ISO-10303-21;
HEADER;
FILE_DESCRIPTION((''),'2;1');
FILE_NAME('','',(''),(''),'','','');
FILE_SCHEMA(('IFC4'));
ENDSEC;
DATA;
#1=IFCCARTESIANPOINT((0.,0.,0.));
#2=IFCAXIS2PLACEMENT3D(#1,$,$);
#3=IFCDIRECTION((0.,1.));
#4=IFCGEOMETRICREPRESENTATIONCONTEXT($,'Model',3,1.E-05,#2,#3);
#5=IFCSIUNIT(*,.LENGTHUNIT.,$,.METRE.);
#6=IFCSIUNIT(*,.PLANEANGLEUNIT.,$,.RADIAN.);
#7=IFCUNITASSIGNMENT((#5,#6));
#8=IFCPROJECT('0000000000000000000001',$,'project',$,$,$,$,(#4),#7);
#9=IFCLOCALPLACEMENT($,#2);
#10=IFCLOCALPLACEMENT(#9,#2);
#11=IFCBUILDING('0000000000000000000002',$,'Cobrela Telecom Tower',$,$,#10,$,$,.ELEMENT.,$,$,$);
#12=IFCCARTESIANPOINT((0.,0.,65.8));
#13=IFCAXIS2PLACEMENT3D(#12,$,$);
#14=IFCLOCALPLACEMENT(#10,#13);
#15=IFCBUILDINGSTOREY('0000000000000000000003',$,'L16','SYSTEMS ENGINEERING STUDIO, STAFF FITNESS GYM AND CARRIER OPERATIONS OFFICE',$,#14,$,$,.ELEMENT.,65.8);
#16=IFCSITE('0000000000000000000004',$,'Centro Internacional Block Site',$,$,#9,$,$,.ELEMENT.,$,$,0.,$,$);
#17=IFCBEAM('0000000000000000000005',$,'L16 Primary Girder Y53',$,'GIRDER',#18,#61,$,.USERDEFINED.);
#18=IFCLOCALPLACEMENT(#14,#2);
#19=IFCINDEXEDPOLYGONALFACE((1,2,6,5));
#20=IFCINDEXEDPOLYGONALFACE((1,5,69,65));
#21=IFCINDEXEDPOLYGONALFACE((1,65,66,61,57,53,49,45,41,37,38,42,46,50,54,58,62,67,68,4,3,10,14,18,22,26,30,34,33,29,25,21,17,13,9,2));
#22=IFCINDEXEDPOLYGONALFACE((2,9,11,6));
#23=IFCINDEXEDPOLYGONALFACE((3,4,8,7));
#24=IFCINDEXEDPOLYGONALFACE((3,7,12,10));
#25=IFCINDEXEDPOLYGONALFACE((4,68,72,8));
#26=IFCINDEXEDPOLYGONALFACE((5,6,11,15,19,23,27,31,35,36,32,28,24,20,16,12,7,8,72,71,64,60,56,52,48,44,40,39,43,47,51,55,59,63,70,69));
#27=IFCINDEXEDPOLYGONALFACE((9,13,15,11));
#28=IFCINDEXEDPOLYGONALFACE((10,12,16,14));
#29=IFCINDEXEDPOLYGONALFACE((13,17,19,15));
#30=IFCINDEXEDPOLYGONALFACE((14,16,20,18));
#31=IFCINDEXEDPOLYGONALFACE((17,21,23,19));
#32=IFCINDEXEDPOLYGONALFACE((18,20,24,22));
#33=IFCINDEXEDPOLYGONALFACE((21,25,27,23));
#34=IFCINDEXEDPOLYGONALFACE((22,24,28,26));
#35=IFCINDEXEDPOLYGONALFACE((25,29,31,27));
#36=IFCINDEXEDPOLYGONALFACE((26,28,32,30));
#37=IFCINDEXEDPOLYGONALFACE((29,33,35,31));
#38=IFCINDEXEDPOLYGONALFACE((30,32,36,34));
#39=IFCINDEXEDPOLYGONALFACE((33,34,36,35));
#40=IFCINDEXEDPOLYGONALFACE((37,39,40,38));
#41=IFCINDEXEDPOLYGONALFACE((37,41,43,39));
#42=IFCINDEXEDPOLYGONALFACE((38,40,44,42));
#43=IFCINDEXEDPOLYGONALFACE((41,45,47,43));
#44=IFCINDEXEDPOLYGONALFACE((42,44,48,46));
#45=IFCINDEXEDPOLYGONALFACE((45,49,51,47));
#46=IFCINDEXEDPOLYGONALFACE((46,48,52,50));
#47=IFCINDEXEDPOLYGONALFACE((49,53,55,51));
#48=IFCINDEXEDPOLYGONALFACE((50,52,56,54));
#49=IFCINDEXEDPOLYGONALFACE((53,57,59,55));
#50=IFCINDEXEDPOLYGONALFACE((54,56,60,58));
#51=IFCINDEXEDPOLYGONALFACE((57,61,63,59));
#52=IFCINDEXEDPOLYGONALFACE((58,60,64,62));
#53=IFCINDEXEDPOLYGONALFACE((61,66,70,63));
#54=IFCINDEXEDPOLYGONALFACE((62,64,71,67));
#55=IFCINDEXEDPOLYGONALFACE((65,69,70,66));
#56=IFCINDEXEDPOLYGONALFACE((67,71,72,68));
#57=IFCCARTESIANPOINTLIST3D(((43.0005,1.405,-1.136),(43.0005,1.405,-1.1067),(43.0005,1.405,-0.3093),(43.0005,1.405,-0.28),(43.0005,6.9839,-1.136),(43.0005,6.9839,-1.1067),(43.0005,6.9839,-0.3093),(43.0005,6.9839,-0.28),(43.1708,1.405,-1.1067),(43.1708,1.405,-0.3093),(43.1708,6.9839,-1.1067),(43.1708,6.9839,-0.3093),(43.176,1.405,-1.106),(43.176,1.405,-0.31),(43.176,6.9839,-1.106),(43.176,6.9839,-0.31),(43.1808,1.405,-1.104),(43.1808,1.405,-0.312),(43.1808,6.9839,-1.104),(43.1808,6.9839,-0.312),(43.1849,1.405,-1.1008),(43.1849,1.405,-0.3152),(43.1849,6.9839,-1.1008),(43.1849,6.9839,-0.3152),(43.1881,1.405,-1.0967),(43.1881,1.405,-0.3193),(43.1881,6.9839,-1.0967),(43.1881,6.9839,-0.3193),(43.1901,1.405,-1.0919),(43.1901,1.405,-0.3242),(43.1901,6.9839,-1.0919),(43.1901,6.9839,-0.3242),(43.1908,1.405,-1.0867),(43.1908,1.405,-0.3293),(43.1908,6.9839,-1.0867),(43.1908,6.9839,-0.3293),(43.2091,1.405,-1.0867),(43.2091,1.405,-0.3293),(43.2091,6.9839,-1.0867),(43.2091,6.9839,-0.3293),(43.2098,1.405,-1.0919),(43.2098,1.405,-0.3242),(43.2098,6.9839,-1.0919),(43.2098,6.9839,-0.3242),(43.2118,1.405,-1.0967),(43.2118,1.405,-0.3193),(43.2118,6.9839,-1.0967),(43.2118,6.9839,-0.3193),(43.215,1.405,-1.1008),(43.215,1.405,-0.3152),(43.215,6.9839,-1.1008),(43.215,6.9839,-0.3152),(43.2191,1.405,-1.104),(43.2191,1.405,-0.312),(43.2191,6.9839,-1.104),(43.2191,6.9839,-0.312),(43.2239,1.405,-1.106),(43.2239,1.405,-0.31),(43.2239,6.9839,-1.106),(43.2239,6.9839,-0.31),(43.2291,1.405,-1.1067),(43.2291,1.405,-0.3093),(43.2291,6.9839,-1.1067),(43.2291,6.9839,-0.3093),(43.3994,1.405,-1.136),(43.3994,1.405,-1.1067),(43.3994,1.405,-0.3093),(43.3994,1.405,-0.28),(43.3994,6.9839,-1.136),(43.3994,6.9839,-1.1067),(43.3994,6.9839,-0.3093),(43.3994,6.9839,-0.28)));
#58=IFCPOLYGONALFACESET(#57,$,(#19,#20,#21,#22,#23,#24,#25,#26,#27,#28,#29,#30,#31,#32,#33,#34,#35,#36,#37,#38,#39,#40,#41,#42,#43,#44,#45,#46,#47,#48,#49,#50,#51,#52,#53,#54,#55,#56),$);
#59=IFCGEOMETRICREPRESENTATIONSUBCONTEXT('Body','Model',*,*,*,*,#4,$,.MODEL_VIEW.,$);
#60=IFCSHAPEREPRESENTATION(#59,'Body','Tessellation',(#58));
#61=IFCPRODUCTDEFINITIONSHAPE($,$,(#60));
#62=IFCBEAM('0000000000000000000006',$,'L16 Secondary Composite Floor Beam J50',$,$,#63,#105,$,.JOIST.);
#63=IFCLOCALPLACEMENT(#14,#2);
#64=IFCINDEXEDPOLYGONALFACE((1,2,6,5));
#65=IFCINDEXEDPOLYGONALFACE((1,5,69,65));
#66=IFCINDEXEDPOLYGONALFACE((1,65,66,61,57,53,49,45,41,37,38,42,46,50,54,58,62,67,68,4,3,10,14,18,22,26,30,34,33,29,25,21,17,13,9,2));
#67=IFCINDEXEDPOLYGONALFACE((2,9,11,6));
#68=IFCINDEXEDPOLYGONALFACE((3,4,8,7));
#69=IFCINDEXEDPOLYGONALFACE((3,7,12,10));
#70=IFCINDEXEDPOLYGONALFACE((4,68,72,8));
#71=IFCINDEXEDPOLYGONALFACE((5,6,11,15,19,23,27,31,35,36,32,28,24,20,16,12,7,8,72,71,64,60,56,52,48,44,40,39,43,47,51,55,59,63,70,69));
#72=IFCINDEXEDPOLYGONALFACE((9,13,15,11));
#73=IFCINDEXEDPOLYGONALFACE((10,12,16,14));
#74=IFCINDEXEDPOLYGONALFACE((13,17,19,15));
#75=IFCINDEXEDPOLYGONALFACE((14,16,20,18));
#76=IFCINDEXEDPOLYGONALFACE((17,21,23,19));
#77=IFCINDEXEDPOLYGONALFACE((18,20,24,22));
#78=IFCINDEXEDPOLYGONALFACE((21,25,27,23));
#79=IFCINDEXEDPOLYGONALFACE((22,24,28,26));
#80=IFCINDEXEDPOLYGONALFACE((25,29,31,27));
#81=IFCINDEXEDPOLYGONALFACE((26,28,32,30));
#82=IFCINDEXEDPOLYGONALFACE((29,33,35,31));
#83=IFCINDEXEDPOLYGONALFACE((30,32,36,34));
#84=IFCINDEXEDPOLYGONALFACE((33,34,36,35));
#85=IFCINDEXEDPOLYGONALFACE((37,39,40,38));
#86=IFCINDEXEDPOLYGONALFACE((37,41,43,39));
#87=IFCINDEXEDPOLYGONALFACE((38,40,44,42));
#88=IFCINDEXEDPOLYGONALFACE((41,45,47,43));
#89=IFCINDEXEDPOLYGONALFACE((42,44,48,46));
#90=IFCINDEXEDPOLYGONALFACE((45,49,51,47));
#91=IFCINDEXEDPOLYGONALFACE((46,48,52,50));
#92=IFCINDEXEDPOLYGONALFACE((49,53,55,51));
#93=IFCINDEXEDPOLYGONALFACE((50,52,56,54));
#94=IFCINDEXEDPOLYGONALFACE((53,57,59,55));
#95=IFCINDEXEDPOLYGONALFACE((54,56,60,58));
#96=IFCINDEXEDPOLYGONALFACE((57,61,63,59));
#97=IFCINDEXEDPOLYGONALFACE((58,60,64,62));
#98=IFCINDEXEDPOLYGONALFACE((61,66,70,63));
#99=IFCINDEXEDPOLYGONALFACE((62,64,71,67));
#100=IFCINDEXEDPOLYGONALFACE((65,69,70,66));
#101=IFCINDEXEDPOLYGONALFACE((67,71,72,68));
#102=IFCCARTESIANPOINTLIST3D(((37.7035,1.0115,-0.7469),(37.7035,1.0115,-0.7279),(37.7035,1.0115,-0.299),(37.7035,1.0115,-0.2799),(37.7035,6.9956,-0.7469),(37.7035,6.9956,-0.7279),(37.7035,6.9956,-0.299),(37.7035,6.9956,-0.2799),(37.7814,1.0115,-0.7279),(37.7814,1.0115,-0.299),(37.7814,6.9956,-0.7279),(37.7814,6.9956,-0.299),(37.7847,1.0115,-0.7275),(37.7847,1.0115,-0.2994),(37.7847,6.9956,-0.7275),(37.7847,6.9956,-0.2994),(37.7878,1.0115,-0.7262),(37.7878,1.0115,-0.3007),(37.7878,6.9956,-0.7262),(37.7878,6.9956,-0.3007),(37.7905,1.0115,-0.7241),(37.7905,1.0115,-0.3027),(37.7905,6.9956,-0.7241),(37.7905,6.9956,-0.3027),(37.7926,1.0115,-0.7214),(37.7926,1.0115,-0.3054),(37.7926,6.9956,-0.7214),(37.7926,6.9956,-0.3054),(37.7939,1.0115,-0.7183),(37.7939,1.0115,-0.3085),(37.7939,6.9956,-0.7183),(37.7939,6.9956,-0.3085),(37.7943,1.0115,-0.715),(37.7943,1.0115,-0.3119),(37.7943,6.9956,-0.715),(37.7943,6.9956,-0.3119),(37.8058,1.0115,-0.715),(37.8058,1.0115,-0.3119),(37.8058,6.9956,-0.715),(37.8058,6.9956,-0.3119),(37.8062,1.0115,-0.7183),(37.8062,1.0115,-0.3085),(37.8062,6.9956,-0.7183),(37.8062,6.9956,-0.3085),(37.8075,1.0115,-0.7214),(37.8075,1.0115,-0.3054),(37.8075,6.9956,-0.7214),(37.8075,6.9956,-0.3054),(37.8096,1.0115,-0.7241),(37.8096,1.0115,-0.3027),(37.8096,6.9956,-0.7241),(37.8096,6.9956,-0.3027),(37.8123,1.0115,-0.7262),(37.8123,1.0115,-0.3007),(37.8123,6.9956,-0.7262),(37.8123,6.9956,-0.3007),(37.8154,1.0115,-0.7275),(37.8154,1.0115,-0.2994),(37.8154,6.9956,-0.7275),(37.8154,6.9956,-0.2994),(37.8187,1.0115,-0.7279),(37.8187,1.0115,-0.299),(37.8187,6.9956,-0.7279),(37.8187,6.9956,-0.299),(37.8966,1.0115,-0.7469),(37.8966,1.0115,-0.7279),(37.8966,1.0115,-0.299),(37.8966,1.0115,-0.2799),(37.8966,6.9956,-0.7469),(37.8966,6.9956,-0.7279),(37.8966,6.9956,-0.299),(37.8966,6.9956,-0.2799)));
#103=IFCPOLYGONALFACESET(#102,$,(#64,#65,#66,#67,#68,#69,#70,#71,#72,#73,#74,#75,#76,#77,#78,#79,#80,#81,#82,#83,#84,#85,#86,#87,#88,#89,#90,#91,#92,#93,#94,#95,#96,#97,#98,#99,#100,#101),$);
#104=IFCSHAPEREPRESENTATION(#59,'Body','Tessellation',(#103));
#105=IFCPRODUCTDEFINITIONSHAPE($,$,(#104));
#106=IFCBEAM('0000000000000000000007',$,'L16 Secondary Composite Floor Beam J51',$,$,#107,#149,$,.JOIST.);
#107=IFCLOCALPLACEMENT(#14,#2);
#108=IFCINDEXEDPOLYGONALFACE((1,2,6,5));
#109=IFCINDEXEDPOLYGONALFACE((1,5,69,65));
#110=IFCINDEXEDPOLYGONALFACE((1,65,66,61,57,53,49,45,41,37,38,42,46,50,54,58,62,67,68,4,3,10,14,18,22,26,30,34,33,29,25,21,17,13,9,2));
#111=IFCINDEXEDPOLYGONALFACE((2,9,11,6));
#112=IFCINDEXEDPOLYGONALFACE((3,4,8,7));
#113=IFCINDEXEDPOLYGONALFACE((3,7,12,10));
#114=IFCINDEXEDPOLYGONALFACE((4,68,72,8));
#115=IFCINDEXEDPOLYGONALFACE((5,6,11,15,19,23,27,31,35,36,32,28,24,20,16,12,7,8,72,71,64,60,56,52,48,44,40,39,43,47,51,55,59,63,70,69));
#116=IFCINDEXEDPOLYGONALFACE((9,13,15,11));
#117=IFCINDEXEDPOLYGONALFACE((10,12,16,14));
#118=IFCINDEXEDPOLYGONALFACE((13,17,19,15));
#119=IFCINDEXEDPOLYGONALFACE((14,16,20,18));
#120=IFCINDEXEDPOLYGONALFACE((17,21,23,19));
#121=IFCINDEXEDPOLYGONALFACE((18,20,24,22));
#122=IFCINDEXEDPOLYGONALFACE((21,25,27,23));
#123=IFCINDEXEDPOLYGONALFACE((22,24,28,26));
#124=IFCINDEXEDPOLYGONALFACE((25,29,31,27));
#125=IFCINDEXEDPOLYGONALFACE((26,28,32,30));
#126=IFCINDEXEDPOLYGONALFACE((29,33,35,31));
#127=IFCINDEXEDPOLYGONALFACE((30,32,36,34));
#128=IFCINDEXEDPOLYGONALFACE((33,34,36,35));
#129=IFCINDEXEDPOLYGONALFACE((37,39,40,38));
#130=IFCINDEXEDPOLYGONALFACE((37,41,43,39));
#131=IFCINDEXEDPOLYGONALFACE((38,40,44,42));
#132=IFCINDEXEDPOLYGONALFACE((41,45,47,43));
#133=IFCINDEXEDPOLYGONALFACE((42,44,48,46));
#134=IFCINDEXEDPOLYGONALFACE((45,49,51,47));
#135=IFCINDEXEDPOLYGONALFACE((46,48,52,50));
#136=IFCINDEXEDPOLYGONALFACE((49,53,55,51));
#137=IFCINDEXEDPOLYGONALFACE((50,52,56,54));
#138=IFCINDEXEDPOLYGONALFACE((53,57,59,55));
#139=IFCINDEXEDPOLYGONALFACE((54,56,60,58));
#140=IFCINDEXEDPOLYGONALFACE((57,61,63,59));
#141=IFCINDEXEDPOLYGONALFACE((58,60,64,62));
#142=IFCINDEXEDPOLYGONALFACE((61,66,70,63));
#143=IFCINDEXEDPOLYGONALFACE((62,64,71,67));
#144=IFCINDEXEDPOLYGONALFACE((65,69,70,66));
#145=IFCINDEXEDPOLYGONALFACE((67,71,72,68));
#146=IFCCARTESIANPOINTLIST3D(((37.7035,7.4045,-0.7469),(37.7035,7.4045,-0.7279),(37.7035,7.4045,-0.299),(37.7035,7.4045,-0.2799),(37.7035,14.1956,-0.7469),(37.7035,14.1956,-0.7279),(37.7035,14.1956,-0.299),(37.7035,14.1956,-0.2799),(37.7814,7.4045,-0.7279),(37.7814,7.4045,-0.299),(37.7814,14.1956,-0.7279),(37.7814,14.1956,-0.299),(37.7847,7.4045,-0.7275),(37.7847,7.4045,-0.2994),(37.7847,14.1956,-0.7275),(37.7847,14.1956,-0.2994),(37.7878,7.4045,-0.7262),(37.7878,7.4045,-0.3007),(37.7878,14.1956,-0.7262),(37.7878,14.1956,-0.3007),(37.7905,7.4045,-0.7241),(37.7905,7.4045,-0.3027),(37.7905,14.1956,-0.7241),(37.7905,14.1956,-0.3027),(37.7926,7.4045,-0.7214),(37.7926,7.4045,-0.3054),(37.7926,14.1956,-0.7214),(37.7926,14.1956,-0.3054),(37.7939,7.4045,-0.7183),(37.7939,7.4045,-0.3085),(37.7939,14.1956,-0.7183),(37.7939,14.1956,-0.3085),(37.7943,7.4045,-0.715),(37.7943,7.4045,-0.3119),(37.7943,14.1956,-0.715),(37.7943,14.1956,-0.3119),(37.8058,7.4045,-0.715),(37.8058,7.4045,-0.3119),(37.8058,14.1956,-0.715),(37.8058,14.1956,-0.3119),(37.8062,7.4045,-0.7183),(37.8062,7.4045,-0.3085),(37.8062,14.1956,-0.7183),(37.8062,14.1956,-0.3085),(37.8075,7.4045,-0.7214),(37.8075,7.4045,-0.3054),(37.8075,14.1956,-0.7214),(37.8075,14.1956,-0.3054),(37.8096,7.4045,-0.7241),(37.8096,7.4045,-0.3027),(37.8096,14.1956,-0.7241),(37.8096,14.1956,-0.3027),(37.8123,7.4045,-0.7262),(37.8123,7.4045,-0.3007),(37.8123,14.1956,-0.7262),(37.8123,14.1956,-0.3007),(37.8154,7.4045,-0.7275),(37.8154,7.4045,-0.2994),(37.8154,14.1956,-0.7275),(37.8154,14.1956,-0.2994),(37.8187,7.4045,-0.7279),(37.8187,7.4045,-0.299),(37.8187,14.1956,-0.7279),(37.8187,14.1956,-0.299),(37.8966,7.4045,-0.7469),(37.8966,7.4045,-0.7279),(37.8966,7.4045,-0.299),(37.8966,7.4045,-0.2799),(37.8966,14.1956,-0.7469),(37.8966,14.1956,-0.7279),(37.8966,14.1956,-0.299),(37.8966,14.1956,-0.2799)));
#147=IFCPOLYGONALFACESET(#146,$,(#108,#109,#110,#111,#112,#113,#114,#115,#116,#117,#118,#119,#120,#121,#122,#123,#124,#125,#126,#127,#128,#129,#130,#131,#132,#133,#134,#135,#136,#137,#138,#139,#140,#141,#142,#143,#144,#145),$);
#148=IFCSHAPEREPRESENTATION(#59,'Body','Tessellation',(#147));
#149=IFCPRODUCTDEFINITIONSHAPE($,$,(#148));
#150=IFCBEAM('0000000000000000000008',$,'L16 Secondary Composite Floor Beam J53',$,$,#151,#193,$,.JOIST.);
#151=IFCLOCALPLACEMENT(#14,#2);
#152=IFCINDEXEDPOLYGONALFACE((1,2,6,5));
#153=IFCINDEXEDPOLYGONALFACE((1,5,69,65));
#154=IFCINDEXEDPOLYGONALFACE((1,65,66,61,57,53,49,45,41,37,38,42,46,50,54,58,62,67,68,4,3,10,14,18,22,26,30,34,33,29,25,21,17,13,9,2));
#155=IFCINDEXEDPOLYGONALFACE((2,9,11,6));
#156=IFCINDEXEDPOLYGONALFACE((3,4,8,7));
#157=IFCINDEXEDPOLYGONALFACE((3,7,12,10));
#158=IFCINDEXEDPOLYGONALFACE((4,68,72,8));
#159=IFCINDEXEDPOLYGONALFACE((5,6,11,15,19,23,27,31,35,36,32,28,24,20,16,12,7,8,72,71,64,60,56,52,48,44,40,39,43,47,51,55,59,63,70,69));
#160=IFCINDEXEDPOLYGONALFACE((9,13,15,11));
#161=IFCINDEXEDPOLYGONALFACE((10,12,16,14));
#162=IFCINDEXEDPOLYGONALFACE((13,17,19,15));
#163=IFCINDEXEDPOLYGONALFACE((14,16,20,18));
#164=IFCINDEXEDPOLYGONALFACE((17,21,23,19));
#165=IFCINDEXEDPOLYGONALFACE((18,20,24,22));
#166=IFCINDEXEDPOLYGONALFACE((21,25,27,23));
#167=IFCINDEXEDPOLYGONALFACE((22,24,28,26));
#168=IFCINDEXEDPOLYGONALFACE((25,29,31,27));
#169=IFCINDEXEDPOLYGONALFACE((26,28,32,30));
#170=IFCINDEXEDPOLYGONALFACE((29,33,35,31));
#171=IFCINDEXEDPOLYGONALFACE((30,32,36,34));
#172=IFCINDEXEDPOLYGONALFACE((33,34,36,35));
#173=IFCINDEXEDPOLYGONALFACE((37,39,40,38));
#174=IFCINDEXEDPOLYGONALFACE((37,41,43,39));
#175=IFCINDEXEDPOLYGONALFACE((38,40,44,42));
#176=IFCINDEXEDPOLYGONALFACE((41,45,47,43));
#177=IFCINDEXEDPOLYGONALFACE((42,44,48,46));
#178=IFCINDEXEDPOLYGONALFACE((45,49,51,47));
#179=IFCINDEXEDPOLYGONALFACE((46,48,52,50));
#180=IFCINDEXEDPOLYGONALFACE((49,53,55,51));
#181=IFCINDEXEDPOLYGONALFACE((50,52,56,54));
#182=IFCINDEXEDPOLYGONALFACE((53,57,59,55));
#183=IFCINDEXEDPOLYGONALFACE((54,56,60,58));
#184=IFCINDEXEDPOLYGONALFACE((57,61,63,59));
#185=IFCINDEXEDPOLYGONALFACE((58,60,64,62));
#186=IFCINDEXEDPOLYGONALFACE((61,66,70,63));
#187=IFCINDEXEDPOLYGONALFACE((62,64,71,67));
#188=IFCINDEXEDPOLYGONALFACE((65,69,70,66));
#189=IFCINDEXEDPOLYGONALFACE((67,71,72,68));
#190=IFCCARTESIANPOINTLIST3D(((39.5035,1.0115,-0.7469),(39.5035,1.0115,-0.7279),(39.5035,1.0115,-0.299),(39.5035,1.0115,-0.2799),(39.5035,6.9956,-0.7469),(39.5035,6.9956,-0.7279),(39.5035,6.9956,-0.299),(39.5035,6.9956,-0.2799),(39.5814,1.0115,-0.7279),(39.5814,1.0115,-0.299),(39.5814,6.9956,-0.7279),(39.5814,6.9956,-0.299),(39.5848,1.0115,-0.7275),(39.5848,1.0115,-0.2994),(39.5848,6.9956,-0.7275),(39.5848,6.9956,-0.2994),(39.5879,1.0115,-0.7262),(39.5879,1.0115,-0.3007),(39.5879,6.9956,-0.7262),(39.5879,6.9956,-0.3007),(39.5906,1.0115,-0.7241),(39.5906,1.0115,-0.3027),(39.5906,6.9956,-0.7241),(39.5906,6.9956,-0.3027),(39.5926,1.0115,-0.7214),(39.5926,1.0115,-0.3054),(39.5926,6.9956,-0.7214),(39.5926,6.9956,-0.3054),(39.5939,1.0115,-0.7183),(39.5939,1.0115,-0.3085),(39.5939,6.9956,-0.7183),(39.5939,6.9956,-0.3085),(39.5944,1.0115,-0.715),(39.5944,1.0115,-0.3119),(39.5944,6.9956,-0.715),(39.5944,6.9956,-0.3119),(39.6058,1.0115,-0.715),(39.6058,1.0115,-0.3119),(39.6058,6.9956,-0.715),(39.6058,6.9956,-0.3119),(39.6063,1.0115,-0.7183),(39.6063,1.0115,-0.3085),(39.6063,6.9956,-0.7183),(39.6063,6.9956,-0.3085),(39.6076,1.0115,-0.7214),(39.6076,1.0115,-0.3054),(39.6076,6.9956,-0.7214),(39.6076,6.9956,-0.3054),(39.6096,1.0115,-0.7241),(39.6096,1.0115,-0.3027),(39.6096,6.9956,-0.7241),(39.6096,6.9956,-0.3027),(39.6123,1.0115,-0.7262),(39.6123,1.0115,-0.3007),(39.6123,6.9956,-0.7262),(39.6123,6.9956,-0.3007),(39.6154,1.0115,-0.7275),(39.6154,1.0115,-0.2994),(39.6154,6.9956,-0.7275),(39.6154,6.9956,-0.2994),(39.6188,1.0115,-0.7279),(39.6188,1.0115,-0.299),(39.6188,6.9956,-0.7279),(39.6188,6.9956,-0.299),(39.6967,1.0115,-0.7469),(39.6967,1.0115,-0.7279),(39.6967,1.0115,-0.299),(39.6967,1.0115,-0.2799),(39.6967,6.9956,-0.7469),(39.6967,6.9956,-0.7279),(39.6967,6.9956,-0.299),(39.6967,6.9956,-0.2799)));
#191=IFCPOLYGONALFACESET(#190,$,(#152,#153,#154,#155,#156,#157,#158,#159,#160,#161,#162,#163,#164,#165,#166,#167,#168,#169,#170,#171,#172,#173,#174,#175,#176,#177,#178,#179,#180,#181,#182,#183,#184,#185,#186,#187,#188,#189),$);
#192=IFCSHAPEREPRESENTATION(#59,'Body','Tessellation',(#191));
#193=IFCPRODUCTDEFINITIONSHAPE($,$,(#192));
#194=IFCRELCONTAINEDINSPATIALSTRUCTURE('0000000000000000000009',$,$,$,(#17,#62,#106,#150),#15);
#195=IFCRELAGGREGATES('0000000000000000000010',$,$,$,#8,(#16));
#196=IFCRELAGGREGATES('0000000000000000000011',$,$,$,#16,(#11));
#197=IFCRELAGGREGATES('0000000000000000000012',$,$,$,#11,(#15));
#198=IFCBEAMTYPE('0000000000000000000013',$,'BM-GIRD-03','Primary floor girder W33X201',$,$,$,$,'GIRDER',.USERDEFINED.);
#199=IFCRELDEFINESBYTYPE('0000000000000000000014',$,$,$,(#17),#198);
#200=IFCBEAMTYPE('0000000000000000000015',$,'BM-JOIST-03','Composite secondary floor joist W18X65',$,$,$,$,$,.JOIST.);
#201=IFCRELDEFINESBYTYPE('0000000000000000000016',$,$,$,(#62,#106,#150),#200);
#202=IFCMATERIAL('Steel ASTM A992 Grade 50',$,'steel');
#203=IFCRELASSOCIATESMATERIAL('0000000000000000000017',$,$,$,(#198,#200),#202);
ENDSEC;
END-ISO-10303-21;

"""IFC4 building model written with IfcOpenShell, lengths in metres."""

from ifc_helpers import new_model, si_unit, direction, frame, origin, origin_2d, place, context, subcontext, project, spatial, i_section, extrude, material, material_profile, profile_set, type_object, element, save


model = new_model("IFC4")

# Units and contexts
model_context = context("Model", 3, precision=1e-05, world=origin(), true_north=direction((0.0, 1.0)))
body_context = subcontext(model_context, "Body", "Model", "MODEL_VIEW")
ifc_project = project(units=[si_unit("LENGTHUNIT", "METRE"), si_unit("PLANEANGLEUNIT", "RADIAN")], contexts=[model_context])

# Site, building, storey
site_placement = place(None, origin())
site = spatial("IfcSite", under=ifc_project, at=site_placement, Name="Centro Internacional Block Site", CompositionType="ELEMENT", RefElevation=0.0)
building_placement = place(site_placement, origin())
building = spatial("IfcBuilding", under=site, at=building_placement, Name="Cobrela Telecom Tower", CompositionType="ELEMENT")
storey_placement = place(building_placement, frame((0.0, 0.0, 65.8)))
storey = spatial("IfcBuildingStorey", under=building, at=storey_placement, Name="L16", Description="SYSTEMS ENGINEERING STUDIO, STAFF FITNESS GYM AND CARRIER OPERATIONS OFFICE", CompositionType="ELEMENT", Elevation=65.8)

# Shared definitions
ifc_material_1 = material(Name="Steel ASTM A992 Grade 50", Category="steel")

# Beams
ifc_material_profile_1 = material_profile(ifc_material_1, i_section(OverallWidth=0.3989, OverallDepth=0.856, WebThickness=0.0183, FlangeThickness=0.0293, FilletRadius=0.02, at=origin_2d()), Name="W33X201")
ifc_profile_set_1 = profile_set([ifc_material_profile_1], Name="Steel ASTM A992 Grade 50")
beam_type_1 = type_object("IfcBeamType", Name="BM-GIRD-03", Description="Primary floor girder W33X201", ElementType="GIRDER", PredefinedType="USERDEFINED", material=ifc_profile_set_1)
beam_1_placement = place(storey_placement, frame((43.2, 1.405, -0.708), z_axis=(0.0, 1.0, 0.0), x_axis=(-1.0, 0.0, 0.0)))
element("IfcBeam", 1, at=beam_1_placement, inside=storey, type_object=beam_type_1, Name="L16 Primary Girder Y53", ObjectType="GIRDER", PredefinedType="USERDEFINED", context=body_context, shape_type="SweptSolid", body=[
    extrude(i_section(OverallWidth=0.3989, OverallDepth=0.856, WebThickness=0.0183, FlangeThickness=0.0293, FilletRadius=0.02, at=origin_2d()), origin(), (0.0, 0.0, 1.0), 5.5789),
])
ifc_material_profile_2 = material_profile(ifc_material_1, i_section(OverallWidth=0.1931, OverallDepth=0.467, WebThickness=0.0115, FlangeThickness=0.019, FilletRadius=0.0129, at=origin_2d()), Name="W18X65")
ifc_profile_set_2 = profile_set([ifc_material_profile_2], Name="Steel ASTM A992 Grade 50")
beam_type_2 = type_object("IfcBeamType", Name="BM-JOIST-03", Description="Composite secondary floor joist W18X65", PredefinedType="JOIST", material=ifc_profile_set_2)
beam_2_placement = place(storey_placement, frame((37.8, 1.0115, -0.5134), z_axis=(0.0, 1.0, 0.0), x_axis=(-1.0, 0.0, 0.0)))
element("IfcBeam", 2, at=beam_2_placement, inside=storey, type_object=beam_type_2, Name="L16 Secondary Composite Floor Beam J50", PredefinedType="JOIST", context=body_context, shape_type="SweptSolid", body=[
    extrude(i_section(OverallWidth=0.1931, OverallDepth=0.467, WebThickness=0.0115, FlangeThickness=0.019, FilletRadius=0.0129, at=origin_2d()), origin(), (0.0, 0.0, 1.0), 5.9841),
])
beam_3_placement = place(storey_placement, frame((37.8, 7.4045, -0.5134), z_axis=(0.0, 1.0, 0.0), x_axis=(-1.0, 0.0, 0.0)))
element("IfcBeam", 3, at=beam_3_placement, inside=storey, type_object=beam_type_2, Name="L16 Secondary Composite Floor Beam J51", PredefinedType="JOIST", context=body_context, shape_type="SweptSolid", body=[
    extrude(i_section(OverallWidth=0.1931, OverallDepth=0.467, WebThickness=0.0115, FlangeThickness=0.019, FilletRadius=0.0129, at=origin_2d()), origin(), (0.0, 0.0, 1.0), 6.791),
])
beam_4_placement = place(storey_placement, frame((39.6001, 1.0115, -0.5134), z_axis=(0.0, 1.0, 0.0), x_axis=(-1.0, 0.0, 0.0)))
element("IfcBeam", 4, at=beam_4_placement, inside=storey, type_object=beam_type_2, Name="L16 Secondary Composite Floor Beam J53", PredefinedType="JOIST", context=body_context, shape_type="SweptSolid", body=[
    extrude(i_section(OverallWidth=0.1931, OverallDepth=0.467, WebThickness=0.0115, FlangeThickness=0.019, FilletRadius=0.0129, at=origin_2d()), origin(), (0.0, 0.0, 1.0), 5.9841),
])

save(model, "model.ifc")
